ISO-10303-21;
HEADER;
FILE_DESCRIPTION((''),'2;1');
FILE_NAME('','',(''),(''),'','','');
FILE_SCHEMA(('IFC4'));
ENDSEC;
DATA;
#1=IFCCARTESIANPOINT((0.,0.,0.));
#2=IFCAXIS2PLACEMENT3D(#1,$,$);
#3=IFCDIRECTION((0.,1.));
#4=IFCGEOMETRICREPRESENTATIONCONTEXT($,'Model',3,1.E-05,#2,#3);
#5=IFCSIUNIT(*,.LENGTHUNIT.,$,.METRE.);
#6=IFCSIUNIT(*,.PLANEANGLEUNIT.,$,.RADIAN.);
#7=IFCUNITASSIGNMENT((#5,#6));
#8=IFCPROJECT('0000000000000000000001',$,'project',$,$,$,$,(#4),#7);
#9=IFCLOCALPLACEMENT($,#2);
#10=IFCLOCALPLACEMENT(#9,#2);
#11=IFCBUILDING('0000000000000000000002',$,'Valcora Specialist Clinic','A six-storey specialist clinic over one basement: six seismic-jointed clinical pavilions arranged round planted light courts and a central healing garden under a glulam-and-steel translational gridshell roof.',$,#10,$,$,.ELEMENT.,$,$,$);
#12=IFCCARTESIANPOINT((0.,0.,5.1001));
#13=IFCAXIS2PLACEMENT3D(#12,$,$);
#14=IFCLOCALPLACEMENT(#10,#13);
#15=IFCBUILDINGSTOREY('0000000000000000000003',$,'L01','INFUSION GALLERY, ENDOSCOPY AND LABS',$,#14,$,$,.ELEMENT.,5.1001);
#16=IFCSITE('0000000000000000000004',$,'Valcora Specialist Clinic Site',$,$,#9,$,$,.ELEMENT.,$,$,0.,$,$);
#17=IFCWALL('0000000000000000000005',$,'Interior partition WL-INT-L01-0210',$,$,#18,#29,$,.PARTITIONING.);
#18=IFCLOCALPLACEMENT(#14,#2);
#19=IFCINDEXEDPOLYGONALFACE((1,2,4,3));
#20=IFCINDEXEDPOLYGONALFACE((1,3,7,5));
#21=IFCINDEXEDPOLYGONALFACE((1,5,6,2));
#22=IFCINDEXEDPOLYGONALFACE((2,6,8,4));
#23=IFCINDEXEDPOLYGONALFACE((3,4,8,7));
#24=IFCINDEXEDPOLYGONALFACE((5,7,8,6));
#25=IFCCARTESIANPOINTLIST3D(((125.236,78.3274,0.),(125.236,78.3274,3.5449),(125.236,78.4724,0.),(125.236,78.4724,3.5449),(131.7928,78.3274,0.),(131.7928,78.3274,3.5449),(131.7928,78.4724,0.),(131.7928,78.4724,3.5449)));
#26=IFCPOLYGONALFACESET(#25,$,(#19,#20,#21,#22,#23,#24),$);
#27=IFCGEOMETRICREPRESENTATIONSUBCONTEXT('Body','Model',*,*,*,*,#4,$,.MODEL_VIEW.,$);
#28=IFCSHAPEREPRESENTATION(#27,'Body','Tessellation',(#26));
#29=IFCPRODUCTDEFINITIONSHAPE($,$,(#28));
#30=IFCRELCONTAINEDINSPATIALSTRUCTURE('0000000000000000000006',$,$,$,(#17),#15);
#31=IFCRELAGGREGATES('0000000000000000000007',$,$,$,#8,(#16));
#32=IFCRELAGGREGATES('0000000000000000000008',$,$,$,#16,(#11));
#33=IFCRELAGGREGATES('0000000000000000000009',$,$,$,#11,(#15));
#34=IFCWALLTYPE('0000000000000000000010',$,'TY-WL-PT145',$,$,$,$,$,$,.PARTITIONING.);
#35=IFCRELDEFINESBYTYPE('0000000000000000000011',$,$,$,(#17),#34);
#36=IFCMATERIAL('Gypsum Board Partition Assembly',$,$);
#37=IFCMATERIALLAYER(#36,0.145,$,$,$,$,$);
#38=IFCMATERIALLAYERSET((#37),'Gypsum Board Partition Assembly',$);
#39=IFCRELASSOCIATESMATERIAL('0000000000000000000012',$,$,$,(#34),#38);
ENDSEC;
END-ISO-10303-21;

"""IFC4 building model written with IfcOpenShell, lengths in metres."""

from ifc_helpers import new_model, si_unit, direction, frame, frame_2d, origin, place, context, subcontext, project, spatial, rectangle, extrude, material, layer, layer_set, type_object, element, save


model = new_model("IFC4")

# Units and contexts
model_context = context("Model", 3, precision=1e-05, world=origin(), true_north=direction((0.0, 1.0)))
body_context = subcontext(model_context, "Body", "Model", "MODEL_VIEW")
ifc_project = project(units=[si_unit("LENGTHUNIT", "METRE"), si_unit("PLANEANGLEUNIT", "RADIAN")], contexts=[model_context])

# Site, building, storey
site_placement = place(None, origin())
site = spatial("IfcSite", under=ifc_project, at=site_placement, Name="Valcora Specialist Clinic Site", CompositionType="ELEMENT", RefElevation=0.0)
building_placement = place(site_placement, origin())
building = spatial("IfcBuilding", under=site, at=building_placement, Name="Valcora Specialist Clinic", Description="A six-storey specialist clinic over one basement: six seismic-jointed clinical pavilions arranged round planted light courts and a central healing garden under a glulam-and-steel translational gridshell roof.", CompositionType="ELEMENT")
storey_placement = place(building_placement, frame((0.0, 0.0, 5.1001)))
storey = spatial("IfcBuildingStorey", under=building, at=storey_placement, Name="L01", Description="INFUSION GALLERY, ENDOSCOPY AND LABS", CompositionType="ELEMENT", Elevation=5.1001)

# Wall
ifc_material_1 = material(Name="Gypsum Board Partition Assembly")
ifc_layer_1 = layer(ifc_material_1, 0.145)
ifc_layer_set_1 = layer_set([ifc_layer_1], Name="Gypsum Board Partition Assembly")
wall_type = type_object("IfcWallType", Name="TY-WL-PT145", PredefinedType="PARTITIONING", material=ifc_layer_set_1)
wall_placement = place(storey_placement, frame((125.2361, 78.3999, 0.0), z_axis=(0.0, 0.0, 1.0), x_axis=(1.0, 0.0, 0.0)))
element("IfcWall", 1, at=wall_placement, inside=storey, type_object=wall_type, Name="Interior partition WL-INT-L01-0210", PredefinedType="PARTITIONING", context=body_context, shape_type="SweptSolid", body=[
    extrude(rectangle(XDim=6.5569, YDim=0.145, at=frame_2d((3.2783, 0.0))), origin(), (0.0, 0.0, 1.0), 3.5449),
])

save(model, "model.ifc")
